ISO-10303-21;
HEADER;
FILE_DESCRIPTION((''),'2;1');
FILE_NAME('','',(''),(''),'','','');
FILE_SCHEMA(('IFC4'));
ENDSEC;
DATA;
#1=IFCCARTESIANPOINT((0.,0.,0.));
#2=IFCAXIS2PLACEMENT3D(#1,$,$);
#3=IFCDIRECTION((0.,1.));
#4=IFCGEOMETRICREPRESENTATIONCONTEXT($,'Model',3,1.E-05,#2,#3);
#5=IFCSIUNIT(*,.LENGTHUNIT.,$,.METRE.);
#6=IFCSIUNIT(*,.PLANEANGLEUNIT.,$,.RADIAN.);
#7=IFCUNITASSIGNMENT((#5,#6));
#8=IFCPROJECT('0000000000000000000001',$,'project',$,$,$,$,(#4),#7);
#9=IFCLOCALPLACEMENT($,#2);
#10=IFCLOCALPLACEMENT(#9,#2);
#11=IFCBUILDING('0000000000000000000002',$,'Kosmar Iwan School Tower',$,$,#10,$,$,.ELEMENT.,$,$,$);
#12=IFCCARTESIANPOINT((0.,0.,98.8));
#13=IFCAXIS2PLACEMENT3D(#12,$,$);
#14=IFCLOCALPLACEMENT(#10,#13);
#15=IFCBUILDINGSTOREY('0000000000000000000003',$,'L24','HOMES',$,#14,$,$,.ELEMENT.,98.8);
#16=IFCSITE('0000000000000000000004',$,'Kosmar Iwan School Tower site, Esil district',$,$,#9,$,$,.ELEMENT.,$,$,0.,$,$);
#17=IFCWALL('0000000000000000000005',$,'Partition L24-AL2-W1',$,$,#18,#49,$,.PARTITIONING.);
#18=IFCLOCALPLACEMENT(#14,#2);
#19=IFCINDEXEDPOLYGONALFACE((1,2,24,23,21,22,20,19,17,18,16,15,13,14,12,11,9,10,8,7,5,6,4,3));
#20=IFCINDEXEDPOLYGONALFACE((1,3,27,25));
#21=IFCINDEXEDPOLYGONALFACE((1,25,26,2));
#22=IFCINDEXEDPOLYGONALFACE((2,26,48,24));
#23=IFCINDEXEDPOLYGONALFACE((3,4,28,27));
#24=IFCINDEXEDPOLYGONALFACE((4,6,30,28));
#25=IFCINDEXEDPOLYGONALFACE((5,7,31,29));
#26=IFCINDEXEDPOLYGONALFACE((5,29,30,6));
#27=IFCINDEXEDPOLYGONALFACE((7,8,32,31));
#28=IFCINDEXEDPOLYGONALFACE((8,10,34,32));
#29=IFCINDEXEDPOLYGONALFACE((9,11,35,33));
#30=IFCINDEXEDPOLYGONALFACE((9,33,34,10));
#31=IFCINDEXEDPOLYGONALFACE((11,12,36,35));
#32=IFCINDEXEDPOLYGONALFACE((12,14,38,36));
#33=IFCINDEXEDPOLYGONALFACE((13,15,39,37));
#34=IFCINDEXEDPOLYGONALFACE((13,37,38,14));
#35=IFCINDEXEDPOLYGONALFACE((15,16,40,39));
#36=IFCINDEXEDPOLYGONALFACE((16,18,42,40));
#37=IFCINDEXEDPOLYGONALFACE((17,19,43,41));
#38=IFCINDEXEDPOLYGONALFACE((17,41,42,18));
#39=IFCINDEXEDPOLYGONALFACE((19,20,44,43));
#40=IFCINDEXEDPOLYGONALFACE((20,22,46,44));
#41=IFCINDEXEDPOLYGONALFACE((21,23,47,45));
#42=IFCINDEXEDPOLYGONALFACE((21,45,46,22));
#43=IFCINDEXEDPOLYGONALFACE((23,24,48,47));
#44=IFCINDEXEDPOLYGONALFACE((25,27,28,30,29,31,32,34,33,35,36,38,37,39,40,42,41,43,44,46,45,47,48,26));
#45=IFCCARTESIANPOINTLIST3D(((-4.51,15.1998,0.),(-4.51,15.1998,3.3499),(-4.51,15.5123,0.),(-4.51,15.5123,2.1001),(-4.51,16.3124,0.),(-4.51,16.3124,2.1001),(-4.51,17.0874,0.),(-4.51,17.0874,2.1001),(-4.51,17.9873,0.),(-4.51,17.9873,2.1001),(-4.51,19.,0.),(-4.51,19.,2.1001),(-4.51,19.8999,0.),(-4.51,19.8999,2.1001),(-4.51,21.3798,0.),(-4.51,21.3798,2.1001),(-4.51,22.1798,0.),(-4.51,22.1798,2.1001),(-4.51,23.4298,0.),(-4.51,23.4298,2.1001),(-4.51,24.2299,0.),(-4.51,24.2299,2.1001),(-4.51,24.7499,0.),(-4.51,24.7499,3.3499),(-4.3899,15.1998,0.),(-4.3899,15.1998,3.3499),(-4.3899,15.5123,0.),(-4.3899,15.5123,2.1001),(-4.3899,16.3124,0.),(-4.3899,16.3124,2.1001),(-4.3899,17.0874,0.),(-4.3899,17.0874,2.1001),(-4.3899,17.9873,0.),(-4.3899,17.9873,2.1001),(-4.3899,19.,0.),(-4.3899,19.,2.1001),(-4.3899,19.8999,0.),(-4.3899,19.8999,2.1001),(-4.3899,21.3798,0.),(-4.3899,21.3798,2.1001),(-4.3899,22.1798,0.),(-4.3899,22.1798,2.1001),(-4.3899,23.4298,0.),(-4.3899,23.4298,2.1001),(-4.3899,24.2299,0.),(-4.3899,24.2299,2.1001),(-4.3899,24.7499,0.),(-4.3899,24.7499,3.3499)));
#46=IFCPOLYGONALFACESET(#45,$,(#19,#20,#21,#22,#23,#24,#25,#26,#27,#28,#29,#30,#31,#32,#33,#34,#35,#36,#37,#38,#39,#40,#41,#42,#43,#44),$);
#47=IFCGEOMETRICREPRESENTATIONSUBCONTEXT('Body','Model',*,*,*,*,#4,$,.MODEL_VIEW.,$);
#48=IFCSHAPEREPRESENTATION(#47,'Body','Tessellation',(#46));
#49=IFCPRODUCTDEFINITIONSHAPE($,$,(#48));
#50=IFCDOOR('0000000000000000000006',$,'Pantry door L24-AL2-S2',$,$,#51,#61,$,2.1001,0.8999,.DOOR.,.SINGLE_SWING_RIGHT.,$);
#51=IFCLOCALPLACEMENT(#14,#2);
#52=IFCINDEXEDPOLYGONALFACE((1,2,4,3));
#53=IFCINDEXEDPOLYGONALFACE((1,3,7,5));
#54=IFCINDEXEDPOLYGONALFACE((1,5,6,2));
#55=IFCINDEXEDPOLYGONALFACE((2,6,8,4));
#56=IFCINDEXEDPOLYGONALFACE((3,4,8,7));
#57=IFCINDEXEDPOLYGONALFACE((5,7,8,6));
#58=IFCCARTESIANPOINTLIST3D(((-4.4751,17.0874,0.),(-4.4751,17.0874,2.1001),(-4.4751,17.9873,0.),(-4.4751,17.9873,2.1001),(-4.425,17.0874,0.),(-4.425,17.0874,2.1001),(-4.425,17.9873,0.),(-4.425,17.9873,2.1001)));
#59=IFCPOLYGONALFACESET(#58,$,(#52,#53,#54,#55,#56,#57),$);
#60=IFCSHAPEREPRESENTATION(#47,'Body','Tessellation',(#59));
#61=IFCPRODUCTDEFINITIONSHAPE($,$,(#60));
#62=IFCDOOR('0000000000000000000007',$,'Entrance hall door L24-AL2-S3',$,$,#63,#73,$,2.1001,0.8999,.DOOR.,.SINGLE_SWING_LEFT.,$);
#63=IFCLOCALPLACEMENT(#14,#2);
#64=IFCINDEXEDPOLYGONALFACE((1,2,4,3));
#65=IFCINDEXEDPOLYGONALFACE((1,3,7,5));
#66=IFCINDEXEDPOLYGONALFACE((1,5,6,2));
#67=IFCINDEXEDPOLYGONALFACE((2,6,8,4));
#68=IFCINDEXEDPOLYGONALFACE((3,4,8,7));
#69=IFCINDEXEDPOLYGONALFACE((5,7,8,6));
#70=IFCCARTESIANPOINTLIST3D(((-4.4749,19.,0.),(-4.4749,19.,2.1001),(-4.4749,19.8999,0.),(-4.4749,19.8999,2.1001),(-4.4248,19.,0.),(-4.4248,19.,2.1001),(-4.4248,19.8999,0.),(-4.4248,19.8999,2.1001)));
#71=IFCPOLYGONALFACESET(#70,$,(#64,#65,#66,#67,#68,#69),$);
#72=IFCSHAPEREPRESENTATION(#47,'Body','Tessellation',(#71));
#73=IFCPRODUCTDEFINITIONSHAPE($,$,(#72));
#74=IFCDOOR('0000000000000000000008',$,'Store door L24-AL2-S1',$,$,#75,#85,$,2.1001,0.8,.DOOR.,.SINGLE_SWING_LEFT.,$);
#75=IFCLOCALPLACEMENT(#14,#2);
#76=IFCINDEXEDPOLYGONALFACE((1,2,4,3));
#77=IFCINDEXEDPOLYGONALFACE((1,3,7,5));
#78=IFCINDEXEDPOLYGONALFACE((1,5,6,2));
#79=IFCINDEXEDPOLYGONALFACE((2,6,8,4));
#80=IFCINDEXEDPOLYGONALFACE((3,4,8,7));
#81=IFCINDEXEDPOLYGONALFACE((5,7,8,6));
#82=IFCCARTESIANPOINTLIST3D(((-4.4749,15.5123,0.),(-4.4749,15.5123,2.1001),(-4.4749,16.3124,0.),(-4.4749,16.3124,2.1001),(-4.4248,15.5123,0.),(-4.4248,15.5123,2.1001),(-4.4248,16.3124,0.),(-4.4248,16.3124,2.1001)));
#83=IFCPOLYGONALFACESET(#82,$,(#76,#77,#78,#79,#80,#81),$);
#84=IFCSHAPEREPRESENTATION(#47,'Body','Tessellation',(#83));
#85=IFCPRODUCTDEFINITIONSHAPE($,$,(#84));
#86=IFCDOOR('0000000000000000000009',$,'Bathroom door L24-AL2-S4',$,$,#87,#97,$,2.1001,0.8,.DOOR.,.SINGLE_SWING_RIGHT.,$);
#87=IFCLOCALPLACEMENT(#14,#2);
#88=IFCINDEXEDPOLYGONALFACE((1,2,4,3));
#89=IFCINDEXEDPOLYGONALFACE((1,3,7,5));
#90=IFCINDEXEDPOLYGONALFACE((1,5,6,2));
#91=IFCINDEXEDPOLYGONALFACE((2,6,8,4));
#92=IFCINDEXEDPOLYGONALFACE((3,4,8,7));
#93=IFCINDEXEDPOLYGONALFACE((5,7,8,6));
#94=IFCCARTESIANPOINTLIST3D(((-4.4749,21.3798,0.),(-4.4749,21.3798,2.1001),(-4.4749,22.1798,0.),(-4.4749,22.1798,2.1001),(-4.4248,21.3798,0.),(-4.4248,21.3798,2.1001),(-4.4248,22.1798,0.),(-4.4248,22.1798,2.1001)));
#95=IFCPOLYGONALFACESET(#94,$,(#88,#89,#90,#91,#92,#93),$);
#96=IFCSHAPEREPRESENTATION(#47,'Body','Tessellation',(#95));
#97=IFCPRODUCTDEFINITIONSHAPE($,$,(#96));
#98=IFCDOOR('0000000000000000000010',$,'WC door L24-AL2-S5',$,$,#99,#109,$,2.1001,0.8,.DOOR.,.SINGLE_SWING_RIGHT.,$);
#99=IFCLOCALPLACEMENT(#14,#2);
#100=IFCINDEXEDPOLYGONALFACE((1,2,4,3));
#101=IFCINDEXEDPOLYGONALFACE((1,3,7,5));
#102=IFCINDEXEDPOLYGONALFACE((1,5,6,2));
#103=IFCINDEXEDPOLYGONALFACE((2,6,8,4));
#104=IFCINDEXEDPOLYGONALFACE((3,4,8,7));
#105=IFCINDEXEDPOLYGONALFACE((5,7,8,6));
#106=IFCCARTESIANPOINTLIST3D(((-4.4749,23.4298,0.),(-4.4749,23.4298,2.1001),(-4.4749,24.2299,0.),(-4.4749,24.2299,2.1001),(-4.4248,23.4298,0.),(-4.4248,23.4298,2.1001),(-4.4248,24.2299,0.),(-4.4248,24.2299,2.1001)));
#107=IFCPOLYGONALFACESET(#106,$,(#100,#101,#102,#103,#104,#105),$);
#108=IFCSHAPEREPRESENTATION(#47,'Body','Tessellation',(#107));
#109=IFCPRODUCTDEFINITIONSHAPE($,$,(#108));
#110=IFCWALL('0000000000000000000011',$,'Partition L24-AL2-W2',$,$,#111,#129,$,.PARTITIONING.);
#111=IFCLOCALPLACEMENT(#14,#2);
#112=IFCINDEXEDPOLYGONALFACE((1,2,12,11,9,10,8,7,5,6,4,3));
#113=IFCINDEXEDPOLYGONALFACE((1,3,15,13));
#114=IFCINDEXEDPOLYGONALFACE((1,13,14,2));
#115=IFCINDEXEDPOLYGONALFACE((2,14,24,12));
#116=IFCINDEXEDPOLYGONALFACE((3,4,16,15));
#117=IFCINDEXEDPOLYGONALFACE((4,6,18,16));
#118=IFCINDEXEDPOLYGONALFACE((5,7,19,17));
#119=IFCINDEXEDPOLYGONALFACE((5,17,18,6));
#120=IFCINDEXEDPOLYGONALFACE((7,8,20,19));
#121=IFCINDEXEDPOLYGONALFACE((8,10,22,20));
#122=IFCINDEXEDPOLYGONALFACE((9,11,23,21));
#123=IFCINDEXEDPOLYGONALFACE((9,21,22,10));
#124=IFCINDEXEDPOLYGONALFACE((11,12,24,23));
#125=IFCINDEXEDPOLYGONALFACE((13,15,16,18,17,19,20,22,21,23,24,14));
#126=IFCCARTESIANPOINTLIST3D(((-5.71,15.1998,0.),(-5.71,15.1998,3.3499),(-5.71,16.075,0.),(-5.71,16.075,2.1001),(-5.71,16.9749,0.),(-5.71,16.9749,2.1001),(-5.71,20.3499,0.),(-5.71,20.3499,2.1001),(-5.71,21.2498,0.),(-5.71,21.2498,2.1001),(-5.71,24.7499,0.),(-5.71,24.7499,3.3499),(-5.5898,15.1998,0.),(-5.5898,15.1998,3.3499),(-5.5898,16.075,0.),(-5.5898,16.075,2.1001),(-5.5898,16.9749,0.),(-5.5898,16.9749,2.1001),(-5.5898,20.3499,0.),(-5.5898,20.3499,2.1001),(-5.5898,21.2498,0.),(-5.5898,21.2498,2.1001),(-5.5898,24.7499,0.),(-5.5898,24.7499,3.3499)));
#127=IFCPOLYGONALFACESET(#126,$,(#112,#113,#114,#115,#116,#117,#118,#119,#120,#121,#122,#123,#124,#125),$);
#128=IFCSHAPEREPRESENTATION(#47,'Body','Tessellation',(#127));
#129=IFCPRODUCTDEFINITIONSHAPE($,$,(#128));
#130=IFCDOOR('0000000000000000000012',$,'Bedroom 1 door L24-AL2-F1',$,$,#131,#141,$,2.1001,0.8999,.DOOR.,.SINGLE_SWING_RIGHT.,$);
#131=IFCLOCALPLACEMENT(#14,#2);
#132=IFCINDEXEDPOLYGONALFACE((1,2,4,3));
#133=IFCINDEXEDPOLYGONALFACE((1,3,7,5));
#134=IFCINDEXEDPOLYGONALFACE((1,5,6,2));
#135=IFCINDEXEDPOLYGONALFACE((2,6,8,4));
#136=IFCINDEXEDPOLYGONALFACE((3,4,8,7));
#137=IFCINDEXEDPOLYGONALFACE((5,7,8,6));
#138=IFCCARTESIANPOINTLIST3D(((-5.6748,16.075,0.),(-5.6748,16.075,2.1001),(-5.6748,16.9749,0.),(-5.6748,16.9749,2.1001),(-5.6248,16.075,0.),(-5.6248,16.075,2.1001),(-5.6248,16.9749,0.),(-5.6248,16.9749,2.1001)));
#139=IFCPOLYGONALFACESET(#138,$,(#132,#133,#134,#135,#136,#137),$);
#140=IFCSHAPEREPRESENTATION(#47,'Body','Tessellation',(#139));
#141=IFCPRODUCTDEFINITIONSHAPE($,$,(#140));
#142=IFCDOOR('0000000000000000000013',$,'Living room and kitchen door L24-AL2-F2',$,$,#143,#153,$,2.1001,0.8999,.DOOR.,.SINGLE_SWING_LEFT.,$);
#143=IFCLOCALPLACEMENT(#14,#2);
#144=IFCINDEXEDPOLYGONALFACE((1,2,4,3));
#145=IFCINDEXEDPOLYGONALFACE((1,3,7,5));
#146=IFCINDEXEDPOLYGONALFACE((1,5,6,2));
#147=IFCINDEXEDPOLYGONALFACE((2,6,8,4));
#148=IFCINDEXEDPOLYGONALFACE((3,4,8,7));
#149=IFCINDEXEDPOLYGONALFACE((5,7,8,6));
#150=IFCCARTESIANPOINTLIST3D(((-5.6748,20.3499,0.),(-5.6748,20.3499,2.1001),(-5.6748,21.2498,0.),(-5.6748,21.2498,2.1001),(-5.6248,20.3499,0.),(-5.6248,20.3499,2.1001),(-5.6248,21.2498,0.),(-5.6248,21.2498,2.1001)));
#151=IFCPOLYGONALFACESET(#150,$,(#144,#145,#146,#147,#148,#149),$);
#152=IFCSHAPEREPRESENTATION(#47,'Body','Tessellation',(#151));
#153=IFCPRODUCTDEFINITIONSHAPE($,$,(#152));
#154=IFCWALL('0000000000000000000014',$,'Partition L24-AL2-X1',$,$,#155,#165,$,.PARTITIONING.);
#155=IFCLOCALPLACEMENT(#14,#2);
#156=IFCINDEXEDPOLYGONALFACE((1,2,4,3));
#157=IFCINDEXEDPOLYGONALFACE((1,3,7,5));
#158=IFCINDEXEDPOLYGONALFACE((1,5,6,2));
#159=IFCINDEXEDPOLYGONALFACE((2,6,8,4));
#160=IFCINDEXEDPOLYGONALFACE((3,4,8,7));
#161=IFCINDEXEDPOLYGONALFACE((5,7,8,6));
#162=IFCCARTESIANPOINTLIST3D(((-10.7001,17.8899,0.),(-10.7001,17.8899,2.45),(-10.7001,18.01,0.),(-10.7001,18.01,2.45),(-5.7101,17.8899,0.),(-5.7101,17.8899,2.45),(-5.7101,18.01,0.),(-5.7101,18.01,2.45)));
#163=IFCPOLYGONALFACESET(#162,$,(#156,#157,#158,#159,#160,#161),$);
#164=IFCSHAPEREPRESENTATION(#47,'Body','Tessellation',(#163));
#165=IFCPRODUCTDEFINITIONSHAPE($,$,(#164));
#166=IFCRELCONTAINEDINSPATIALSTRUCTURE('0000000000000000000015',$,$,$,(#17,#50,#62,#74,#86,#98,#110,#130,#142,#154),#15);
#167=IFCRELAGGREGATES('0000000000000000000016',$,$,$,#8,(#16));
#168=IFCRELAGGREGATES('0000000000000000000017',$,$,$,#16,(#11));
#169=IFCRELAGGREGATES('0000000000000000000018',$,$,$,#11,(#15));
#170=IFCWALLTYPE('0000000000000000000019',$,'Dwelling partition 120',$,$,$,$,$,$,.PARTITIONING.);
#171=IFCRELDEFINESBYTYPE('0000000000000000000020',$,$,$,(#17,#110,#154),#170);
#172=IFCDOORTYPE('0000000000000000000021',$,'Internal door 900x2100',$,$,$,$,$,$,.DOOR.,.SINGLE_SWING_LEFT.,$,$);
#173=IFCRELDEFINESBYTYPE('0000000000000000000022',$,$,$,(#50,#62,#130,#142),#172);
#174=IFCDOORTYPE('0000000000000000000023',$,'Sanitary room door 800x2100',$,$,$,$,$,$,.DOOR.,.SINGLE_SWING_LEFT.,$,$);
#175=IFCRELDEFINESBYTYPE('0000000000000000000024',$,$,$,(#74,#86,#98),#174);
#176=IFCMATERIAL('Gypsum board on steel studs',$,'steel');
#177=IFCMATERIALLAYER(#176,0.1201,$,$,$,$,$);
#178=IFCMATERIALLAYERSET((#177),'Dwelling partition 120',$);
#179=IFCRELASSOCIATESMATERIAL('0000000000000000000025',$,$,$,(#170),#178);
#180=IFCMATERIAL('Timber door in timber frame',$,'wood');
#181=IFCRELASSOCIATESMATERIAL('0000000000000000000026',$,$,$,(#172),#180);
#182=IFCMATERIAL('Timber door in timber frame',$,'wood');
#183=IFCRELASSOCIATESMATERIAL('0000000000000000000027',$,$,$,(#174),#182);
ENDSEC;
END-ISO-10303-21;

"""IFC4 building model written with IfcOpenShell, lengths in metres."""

from ifc_helpers import new_model, si_unit, direction, frame, frame_2d, origin, place, context, subcontext, project, spatial, rectangle, extrude, material, layer, layer_set, type_object, element, fill, save


model = new_model("IFC4")

# Units and contexts
model_context = context("Model", 3, precision=1e-05, world=origin(), true_north=direction((0.0, 1.0)))
body_context = subcontext(model_context, "Body", "Model", "MODEL_VIEW")
ifc_project = project(units=[si_unit("LENGTHUNIT", "METRE"), si_unit("PLANEANGLEUNIT", "RADIAN")], contexts=[model_context])

# Site, building, storey
site_placement = place(None, origin())
site = spatial("IfcSite", under=ifc_project, at=site_placement, Name="Kosmar Iwan School Tower site, Esil district", CompositionType="ELEMENT", RefElevation=0.0)
building_placement = place(site_placement, origin())
building = spatial("IfcBuilding", under=site, at=building_placement, Name="Kosmar Iwan School Tower", CompositionType="ELEMENT")
storey_placement = place(building_placement, frame((0.0, 0.0, 98.8)))
storey = spatial("IfcBuildingStorey", under=building, at=storey_placement, Name="L24", Description="HOMES", CompositionType="ELEMENT", Elevation=98.8)

# Shared definitions
ifc_material_1 = material(Name="Gypsum board on steel studs", Category="steel")
ifc_layer_1 = layer(ifc_material_1, 0.1201)
ifc_layer_set_1 = layer_set([ifc_layer_1], Name="Dwelling partition 120")
wall_type_1 = type_object("IfcWallType", Name="Dwelling partition 120", PredefinedType="PARTITIONING", material=ifc_layer_set_1)

# Walls, openings, doors
wall_1_placement = place(storey_placement, frame((-4.45, 15.2, 0.0), z_axis=(0.0, 0.0, 1.0), x_axis=(0.0, 1.0, 0.0)))
wall_1 = element("IfcWall", 1, at=wall_1_placement, inside=storey, type_object=wall_type_1, Name="Partition L24-AL2-W1", PredefinedType="PARTITIONING", context=body_context, shape_type="SweptSolid", body=[
    extrude(rectangle(XDim=9.55, YDim=0.1201, at=frame_2d((4.7749, 0.0))), origin(), (0.0, 0.0, 1.0), 3.3499),
])
opening_1_placement = place(wall_1_placement, frame((0.3125, 0.0, 0.0)))
opening_1 = element("IfcOpeningElement", 2, at=opening_1_placement, cuts=wall_1, PredefinedType="OPENING", context=body_context, shape_type="SweptSolid", body=[
    extrude(rectangle(XDim=0.8, YDim=2.1001, at=frame_2d((0.3999, 1.05))), frame((0.0, 0.072, 0.0), z_axis=(0.0, -1.0, 0.0), x_axis=(1.0, 0.0, 0.0)), (0.0, 0.0, 1.0), 0.144),
])
opening_2_placement = place(wall_1_placement, frame((1.8875, 0.0, 0.0)))
opening_2 = element("IfcOpeningElement", 3, at=opening_2_placement, cuts=wall_1, PredefinedType="OPENING", context=body_context, shape_type="SweptSolid", body=[
    extrude(rectangle(XDim=0.8999, YDim=2.1001, at=frame_2d((0.45, 1.05))), frame((0.0, 0.072, 0.0), z_axis=(0.0, -1.0, 0.0), x_axis=(1.0, 0.0, 0.0)), (0.0, 0.0, 1.0), 0.144),
])
opening_3_placement = place(wall_1_placement, frame((3.8, 0.0, 0.0)))
opening_3 = element("IfcOpeningElement", 4, at=opening_3_placement, cuts=wall_1, PredefinedType="OPENING", context=body_context, shape_type="SweptSolid", body=[
    extrude(rectangle(XDim=0.8999, YDim=2.1001, at=frame_2d((0.45, 1.05))), frame((0.0, 0.072, 0.0), z_axis=(0.0, -1.0, 0.0), x_axis=(1.0, 0.0, 0.0)), (0.0, 0.0, 1.0), 0.144),
])
opening_4_placement = place(wall_1_placement, frame((6.1799, 0.0, 0.0)))
opening_4 = element("IfcOpeningElement", 5, at=opening_4_placement, cuts=wall_1, PredefinedType="OPENING", context=body_context, shape_type="SweptSolid", body=[
    extrude(rectangle(XDim=0.8, YDim=2.1001, at=frame_2d((0.3999, 1.05))), frame((0.0, 0.072, 0.0), z_axis=(0.0, -1.0, 0.0), x_axis=(1.0, 0.0, 0.0)), (0.0, 0.0, 1.0), 0.144),
])
opening_5_placement = place(wall_1_placement, frame((8.23, 0.0, 0.0)))
opening_5 = element("IfcOpeningElement", 6, at=opening_5_placement, cuts=wall_1, PredefinedType="OPENING", context=body_context, shape_type="SweptSolid", body=[
    extrude(rectangle(XDim=0.8, YDim=2.1001, at=frame_2d((0.3999, 1.05))), frame((0.0, 0.072, 0.0), z_axis=(0.0, -1.0, 0.0), x_axis=(1.0, 0.0, 0.0)), (0.0, 0.0, 1.0), 0.144),
])
ifc_material_2 = material(Name="Timber door in timber frame", Category="wood")
door_type_1 = type_object("IfcDoorType", Name="Internal door 900x2100", OperationType="SINGLE_SWING_LEFT", PredefinedType="DOOR", material=ifc_material_2)
door_1_placement = place(opening_2_placement, frame((0.8999, 0.0, 0.0), z_axis=(0.0, 0.0, 1.0), x_axis=(-1.0, 0.0, 0.0)))
door_1 = element("IfcDoor", 7, at=door_1_placement, inside=storey, type_object=door_type_1, Name="Pantry door L24-AL2-S2", OperationType="SINGLE_SWING_RIGHT", OverallHeight=2.1001, OverallWidth=0.8999, PredefinedType="DOOR", context=body_context, shape_type="SweptSolid", body=[
    extrude(rectangle(XDim=0.8999, YDim=2.1001, at=frame_2d((0.45, 1.05))), frame((0.0, 0.0249, 0.0), z_axis=(0.0, -1.0, 0.0), x_axis=(1.0, 0.0, 0.0)), (0.0, 0.0, 1.0), 0.05),
])
fill(opening_2, door_1)
door_2_placement = place(opening_3_placement, origin())
door_2 = element("IfcDoor", 8, at=door_2_placement, inside=storey, type_object=door_type_1, Name="Entrance hall door L24-AL2-S3", OperationType="SINGLE_SWING_LEFT", OverallHeight=2.1001, OverallWidth=0.8999, PredefinedType="DOOR", context=body_context, shape_type="SweptSolid", body=[
    extrude(rectangle(XDim=0.8999, YDim=2.1001, at=frame_2d((0.45, 1.05))), frame((0.0, 0.0249, 0.0), z_axis=(0.0, -1.0, 0.0), x_axis=(1.0, 0.0, 0.0)), (0.0, 0.0, 1.0), 0.05),
])
fill(opening_3, door_2)
ifc_material_3 = material(Name="Timber door in timber frame", Category="wood")
door_type_2 = type_object("IfcDoorType", Name="Sanitary room door 800x2100", OperationType="SINGLE_SWING_LEFT", PredefinedType="DOOR", material=ifc_material_3)
door_3_placement = place(opening_1_placement, origin())
door_3 = element("IfcDoor", 9, at=door_3_placement, inside=storey, type_object=door_type_2, Name="Store door L24-AL2-S1", OperationType="SINGLE_SWING_LEFT", OverallHeight=2.1001, OverallWidth=0.8, PredefinedType="DOOR", context=body_context, shape_type="SweptSolid", body=[
    extrude(rectangle(XDim=0.8, YDim=2.1001, at=frame_2d((0.3999, 1.05))), frame((0.0, 0.0249, 0.0), z_axis=(0.0, -1.0, 0.0), x_axis=(1.0, 0.0, 0.0)), (0.0, 0.0, 1.0), 0.05),
])
fill(opening_1, door_3)
door_4_placement = place(opening_4_placement, origin())
door_4 = element("IfcDoor", 10, at=door_4_placement, inside=storey, type_object=door_type_2, Name="Bathroom door L24-AL2-S4", OperationType="SINGLE_SWING_RIGHT", OverallHeight=2.1001, OverallWidth=0.8, PredefinedType="DOOR", context=body_context, shape_type="SweptSolid", body=[
    extrude(rectangle(XDim=0.8, YDim=2.1001, at=frame_2d((0.3999, 1.05))), frame((0.0, 0.0249, 0.0), z_axis=(0.0, -1.0, 0.0), x_axis=(1.0, 0.0, 0.0)), (0.0, 0.0, 1.0), 0.05),
])
fill(opening_4, door_4)
door_5_placement = place(opening_5_placement, origin())
door_5 = element("IfcDoor", 11, at=door_5_placement, inside=storey, type_object=door_type_2, Name="WC door L24-AL2-S5", OperationType="SINGLE_SWING_RIGHT", OverallHeight=2.1001, OverallWidth=0.8, PredefinedType="DOOR", context=body_context, shape_type="SweptSolid", body=[
    extrude(rectangle(XDim=0.8, YDim=2.1001, at=frame_2d((0.3999, 1.05))), frame((0.0, 0.0249, 0.0), z_axis=(0.0, -1.0, 0.0), x_axis=(1.0, 0.0, 0.0)), (0.0, 0.0, 1.0), 0.05),
])
fill(opening_5, door_5)
wall_2_placement = place(storey_placement, frame((-5.6499, 15.2, 0.0), z_axis=(0.0, 0.0, 1.0), x_axis=(0.0, 1.0, 0.0)))
wall_2 = element("IfcWall", 12, at=wall_2_placement, inside=storey, type_object=wall_type_1, Name="Partition L24-AL2-W2", PredefinedType="PARTITIONING", context=body_context, shape_type="SweptSolid", body=[
    extrude(rectangle(XDim=9.55, YDim=0.1201, at=frame_2d((4.7749, 0.0))), origin(), (0.0, 0.0, 1.0), 3.3499),
])
opening_6_placement = place(wall_2_placement, frame((0.875, 0.0, 0.0)))
opening_6 = element("IfcOpeningElement", 13, at=opening_6_placement, cuts=wall_2, PredefinedType="OPENING", context=body_context, shape_type="SweptSolid", body=[
    extrude(rectangle(XDim=0.8999, YDim=2.1001, at=frame_2d((0.45, 1.05))), frame((0.0, 0.072, 0.0), z_axis=(0.0, -1.0, 0.0), x_axis=(1.0, 0.0, 0.0)), (0.0, 0.0, 1.0), 0.144),
])
opening_7_placement = place(wall_2_placement, frame((5.1499, 0.0, 0.0)))
opening_7 = element("IfcOpeningElement", 14, at=opening_7_placement, cuts=wall_2, PredefinedType="OPENING", context=body_context, shape_type="SweptSolid", body=[
    extrude(rectangle(XDim=0.8999, YDim=2.1001, at=frame_2d((0.45, 1.05))), frame((0.0, 0.072, 0.0), z_axis=(0.0, -1.0, 0.0), x_axis=(1.0, 0.0, 0.0)), (0.0, 0.0, 1.0), 0.144),
])
door_6_placement = place(opening_6_placement, origin())
door_6 = element("IfcDoor", 15, at=door_6_placement, inside=storey, type_object=door_type_1, Name="Bedroom 1 door L24-AL2-F1", OperationType="SINGLE_SWING_RIGHT", OverallHeight=2.1001, OverallWidth=0.8999, PredefinedType="DOOR", context=body_context, shape_type="SweptSolid", body=[
    extrude(rectangle(XDim=0.8999, YDim=2.1001, at=frame_2d((0.45, 1.05))), frame((0.0, 0.0249, 0.0), z_axis=(0.0, -1.0, 0.0), x_axis=(1.0, 0.0, 0.0)), (0.0, 0.0, 1.0), 0.05),
])
fill(opening_6, door_6)
door_7_placement = place(opening_7_placement, origin())
door_7 = element("IfcDoor", 16, at=door_7_placement, inside=storey, type_object=door_type_1, Name="Living room and kitchen door L24-AL2-F2", OperationType="SINGLE_SWING_LEFT", OverallHeight=2.1001, OverallWidth=0.8999, PredefinedType="DOOR", context=body_context, shape_type="SweptSolid", body=[
    extrude(rectangle(XDim=0.8999, YDim=2.1001, at=frame_2d((0.45, 1.05))), frame((0.0, 0.0249, 0.0), z_axis=(0.0, -1.0, 0.0), x_axis=(1.0, 0.0, 0.0)), (0.0, 0.0, 1.0), 0.05),
])
fill(opening_7, door_7)

# Wall
wall_3_placement = place(storey_placement, frame((-5.71, 17.95, 0.0), z_axis=(0.0, 0.0, 1.0), x_axis=(-1.0, 0.0, 0.0)))
element("IfcWall", 17, at=wall_3_placement, inside=storey, type_object=wall_type_1, Name="Partition L24-AL2-X1", PredefinedType="PARTITIONING", context=body_context, shape_type="SweptSolid", body=[
    extrude(rectangle(XDim=4.99, YDim=0.1201, at=frame_2d((2.4951, 0.0))), origin(), (0.0, 0.0, 1.0), 2.45),
])

save(model, "model.ifc")
